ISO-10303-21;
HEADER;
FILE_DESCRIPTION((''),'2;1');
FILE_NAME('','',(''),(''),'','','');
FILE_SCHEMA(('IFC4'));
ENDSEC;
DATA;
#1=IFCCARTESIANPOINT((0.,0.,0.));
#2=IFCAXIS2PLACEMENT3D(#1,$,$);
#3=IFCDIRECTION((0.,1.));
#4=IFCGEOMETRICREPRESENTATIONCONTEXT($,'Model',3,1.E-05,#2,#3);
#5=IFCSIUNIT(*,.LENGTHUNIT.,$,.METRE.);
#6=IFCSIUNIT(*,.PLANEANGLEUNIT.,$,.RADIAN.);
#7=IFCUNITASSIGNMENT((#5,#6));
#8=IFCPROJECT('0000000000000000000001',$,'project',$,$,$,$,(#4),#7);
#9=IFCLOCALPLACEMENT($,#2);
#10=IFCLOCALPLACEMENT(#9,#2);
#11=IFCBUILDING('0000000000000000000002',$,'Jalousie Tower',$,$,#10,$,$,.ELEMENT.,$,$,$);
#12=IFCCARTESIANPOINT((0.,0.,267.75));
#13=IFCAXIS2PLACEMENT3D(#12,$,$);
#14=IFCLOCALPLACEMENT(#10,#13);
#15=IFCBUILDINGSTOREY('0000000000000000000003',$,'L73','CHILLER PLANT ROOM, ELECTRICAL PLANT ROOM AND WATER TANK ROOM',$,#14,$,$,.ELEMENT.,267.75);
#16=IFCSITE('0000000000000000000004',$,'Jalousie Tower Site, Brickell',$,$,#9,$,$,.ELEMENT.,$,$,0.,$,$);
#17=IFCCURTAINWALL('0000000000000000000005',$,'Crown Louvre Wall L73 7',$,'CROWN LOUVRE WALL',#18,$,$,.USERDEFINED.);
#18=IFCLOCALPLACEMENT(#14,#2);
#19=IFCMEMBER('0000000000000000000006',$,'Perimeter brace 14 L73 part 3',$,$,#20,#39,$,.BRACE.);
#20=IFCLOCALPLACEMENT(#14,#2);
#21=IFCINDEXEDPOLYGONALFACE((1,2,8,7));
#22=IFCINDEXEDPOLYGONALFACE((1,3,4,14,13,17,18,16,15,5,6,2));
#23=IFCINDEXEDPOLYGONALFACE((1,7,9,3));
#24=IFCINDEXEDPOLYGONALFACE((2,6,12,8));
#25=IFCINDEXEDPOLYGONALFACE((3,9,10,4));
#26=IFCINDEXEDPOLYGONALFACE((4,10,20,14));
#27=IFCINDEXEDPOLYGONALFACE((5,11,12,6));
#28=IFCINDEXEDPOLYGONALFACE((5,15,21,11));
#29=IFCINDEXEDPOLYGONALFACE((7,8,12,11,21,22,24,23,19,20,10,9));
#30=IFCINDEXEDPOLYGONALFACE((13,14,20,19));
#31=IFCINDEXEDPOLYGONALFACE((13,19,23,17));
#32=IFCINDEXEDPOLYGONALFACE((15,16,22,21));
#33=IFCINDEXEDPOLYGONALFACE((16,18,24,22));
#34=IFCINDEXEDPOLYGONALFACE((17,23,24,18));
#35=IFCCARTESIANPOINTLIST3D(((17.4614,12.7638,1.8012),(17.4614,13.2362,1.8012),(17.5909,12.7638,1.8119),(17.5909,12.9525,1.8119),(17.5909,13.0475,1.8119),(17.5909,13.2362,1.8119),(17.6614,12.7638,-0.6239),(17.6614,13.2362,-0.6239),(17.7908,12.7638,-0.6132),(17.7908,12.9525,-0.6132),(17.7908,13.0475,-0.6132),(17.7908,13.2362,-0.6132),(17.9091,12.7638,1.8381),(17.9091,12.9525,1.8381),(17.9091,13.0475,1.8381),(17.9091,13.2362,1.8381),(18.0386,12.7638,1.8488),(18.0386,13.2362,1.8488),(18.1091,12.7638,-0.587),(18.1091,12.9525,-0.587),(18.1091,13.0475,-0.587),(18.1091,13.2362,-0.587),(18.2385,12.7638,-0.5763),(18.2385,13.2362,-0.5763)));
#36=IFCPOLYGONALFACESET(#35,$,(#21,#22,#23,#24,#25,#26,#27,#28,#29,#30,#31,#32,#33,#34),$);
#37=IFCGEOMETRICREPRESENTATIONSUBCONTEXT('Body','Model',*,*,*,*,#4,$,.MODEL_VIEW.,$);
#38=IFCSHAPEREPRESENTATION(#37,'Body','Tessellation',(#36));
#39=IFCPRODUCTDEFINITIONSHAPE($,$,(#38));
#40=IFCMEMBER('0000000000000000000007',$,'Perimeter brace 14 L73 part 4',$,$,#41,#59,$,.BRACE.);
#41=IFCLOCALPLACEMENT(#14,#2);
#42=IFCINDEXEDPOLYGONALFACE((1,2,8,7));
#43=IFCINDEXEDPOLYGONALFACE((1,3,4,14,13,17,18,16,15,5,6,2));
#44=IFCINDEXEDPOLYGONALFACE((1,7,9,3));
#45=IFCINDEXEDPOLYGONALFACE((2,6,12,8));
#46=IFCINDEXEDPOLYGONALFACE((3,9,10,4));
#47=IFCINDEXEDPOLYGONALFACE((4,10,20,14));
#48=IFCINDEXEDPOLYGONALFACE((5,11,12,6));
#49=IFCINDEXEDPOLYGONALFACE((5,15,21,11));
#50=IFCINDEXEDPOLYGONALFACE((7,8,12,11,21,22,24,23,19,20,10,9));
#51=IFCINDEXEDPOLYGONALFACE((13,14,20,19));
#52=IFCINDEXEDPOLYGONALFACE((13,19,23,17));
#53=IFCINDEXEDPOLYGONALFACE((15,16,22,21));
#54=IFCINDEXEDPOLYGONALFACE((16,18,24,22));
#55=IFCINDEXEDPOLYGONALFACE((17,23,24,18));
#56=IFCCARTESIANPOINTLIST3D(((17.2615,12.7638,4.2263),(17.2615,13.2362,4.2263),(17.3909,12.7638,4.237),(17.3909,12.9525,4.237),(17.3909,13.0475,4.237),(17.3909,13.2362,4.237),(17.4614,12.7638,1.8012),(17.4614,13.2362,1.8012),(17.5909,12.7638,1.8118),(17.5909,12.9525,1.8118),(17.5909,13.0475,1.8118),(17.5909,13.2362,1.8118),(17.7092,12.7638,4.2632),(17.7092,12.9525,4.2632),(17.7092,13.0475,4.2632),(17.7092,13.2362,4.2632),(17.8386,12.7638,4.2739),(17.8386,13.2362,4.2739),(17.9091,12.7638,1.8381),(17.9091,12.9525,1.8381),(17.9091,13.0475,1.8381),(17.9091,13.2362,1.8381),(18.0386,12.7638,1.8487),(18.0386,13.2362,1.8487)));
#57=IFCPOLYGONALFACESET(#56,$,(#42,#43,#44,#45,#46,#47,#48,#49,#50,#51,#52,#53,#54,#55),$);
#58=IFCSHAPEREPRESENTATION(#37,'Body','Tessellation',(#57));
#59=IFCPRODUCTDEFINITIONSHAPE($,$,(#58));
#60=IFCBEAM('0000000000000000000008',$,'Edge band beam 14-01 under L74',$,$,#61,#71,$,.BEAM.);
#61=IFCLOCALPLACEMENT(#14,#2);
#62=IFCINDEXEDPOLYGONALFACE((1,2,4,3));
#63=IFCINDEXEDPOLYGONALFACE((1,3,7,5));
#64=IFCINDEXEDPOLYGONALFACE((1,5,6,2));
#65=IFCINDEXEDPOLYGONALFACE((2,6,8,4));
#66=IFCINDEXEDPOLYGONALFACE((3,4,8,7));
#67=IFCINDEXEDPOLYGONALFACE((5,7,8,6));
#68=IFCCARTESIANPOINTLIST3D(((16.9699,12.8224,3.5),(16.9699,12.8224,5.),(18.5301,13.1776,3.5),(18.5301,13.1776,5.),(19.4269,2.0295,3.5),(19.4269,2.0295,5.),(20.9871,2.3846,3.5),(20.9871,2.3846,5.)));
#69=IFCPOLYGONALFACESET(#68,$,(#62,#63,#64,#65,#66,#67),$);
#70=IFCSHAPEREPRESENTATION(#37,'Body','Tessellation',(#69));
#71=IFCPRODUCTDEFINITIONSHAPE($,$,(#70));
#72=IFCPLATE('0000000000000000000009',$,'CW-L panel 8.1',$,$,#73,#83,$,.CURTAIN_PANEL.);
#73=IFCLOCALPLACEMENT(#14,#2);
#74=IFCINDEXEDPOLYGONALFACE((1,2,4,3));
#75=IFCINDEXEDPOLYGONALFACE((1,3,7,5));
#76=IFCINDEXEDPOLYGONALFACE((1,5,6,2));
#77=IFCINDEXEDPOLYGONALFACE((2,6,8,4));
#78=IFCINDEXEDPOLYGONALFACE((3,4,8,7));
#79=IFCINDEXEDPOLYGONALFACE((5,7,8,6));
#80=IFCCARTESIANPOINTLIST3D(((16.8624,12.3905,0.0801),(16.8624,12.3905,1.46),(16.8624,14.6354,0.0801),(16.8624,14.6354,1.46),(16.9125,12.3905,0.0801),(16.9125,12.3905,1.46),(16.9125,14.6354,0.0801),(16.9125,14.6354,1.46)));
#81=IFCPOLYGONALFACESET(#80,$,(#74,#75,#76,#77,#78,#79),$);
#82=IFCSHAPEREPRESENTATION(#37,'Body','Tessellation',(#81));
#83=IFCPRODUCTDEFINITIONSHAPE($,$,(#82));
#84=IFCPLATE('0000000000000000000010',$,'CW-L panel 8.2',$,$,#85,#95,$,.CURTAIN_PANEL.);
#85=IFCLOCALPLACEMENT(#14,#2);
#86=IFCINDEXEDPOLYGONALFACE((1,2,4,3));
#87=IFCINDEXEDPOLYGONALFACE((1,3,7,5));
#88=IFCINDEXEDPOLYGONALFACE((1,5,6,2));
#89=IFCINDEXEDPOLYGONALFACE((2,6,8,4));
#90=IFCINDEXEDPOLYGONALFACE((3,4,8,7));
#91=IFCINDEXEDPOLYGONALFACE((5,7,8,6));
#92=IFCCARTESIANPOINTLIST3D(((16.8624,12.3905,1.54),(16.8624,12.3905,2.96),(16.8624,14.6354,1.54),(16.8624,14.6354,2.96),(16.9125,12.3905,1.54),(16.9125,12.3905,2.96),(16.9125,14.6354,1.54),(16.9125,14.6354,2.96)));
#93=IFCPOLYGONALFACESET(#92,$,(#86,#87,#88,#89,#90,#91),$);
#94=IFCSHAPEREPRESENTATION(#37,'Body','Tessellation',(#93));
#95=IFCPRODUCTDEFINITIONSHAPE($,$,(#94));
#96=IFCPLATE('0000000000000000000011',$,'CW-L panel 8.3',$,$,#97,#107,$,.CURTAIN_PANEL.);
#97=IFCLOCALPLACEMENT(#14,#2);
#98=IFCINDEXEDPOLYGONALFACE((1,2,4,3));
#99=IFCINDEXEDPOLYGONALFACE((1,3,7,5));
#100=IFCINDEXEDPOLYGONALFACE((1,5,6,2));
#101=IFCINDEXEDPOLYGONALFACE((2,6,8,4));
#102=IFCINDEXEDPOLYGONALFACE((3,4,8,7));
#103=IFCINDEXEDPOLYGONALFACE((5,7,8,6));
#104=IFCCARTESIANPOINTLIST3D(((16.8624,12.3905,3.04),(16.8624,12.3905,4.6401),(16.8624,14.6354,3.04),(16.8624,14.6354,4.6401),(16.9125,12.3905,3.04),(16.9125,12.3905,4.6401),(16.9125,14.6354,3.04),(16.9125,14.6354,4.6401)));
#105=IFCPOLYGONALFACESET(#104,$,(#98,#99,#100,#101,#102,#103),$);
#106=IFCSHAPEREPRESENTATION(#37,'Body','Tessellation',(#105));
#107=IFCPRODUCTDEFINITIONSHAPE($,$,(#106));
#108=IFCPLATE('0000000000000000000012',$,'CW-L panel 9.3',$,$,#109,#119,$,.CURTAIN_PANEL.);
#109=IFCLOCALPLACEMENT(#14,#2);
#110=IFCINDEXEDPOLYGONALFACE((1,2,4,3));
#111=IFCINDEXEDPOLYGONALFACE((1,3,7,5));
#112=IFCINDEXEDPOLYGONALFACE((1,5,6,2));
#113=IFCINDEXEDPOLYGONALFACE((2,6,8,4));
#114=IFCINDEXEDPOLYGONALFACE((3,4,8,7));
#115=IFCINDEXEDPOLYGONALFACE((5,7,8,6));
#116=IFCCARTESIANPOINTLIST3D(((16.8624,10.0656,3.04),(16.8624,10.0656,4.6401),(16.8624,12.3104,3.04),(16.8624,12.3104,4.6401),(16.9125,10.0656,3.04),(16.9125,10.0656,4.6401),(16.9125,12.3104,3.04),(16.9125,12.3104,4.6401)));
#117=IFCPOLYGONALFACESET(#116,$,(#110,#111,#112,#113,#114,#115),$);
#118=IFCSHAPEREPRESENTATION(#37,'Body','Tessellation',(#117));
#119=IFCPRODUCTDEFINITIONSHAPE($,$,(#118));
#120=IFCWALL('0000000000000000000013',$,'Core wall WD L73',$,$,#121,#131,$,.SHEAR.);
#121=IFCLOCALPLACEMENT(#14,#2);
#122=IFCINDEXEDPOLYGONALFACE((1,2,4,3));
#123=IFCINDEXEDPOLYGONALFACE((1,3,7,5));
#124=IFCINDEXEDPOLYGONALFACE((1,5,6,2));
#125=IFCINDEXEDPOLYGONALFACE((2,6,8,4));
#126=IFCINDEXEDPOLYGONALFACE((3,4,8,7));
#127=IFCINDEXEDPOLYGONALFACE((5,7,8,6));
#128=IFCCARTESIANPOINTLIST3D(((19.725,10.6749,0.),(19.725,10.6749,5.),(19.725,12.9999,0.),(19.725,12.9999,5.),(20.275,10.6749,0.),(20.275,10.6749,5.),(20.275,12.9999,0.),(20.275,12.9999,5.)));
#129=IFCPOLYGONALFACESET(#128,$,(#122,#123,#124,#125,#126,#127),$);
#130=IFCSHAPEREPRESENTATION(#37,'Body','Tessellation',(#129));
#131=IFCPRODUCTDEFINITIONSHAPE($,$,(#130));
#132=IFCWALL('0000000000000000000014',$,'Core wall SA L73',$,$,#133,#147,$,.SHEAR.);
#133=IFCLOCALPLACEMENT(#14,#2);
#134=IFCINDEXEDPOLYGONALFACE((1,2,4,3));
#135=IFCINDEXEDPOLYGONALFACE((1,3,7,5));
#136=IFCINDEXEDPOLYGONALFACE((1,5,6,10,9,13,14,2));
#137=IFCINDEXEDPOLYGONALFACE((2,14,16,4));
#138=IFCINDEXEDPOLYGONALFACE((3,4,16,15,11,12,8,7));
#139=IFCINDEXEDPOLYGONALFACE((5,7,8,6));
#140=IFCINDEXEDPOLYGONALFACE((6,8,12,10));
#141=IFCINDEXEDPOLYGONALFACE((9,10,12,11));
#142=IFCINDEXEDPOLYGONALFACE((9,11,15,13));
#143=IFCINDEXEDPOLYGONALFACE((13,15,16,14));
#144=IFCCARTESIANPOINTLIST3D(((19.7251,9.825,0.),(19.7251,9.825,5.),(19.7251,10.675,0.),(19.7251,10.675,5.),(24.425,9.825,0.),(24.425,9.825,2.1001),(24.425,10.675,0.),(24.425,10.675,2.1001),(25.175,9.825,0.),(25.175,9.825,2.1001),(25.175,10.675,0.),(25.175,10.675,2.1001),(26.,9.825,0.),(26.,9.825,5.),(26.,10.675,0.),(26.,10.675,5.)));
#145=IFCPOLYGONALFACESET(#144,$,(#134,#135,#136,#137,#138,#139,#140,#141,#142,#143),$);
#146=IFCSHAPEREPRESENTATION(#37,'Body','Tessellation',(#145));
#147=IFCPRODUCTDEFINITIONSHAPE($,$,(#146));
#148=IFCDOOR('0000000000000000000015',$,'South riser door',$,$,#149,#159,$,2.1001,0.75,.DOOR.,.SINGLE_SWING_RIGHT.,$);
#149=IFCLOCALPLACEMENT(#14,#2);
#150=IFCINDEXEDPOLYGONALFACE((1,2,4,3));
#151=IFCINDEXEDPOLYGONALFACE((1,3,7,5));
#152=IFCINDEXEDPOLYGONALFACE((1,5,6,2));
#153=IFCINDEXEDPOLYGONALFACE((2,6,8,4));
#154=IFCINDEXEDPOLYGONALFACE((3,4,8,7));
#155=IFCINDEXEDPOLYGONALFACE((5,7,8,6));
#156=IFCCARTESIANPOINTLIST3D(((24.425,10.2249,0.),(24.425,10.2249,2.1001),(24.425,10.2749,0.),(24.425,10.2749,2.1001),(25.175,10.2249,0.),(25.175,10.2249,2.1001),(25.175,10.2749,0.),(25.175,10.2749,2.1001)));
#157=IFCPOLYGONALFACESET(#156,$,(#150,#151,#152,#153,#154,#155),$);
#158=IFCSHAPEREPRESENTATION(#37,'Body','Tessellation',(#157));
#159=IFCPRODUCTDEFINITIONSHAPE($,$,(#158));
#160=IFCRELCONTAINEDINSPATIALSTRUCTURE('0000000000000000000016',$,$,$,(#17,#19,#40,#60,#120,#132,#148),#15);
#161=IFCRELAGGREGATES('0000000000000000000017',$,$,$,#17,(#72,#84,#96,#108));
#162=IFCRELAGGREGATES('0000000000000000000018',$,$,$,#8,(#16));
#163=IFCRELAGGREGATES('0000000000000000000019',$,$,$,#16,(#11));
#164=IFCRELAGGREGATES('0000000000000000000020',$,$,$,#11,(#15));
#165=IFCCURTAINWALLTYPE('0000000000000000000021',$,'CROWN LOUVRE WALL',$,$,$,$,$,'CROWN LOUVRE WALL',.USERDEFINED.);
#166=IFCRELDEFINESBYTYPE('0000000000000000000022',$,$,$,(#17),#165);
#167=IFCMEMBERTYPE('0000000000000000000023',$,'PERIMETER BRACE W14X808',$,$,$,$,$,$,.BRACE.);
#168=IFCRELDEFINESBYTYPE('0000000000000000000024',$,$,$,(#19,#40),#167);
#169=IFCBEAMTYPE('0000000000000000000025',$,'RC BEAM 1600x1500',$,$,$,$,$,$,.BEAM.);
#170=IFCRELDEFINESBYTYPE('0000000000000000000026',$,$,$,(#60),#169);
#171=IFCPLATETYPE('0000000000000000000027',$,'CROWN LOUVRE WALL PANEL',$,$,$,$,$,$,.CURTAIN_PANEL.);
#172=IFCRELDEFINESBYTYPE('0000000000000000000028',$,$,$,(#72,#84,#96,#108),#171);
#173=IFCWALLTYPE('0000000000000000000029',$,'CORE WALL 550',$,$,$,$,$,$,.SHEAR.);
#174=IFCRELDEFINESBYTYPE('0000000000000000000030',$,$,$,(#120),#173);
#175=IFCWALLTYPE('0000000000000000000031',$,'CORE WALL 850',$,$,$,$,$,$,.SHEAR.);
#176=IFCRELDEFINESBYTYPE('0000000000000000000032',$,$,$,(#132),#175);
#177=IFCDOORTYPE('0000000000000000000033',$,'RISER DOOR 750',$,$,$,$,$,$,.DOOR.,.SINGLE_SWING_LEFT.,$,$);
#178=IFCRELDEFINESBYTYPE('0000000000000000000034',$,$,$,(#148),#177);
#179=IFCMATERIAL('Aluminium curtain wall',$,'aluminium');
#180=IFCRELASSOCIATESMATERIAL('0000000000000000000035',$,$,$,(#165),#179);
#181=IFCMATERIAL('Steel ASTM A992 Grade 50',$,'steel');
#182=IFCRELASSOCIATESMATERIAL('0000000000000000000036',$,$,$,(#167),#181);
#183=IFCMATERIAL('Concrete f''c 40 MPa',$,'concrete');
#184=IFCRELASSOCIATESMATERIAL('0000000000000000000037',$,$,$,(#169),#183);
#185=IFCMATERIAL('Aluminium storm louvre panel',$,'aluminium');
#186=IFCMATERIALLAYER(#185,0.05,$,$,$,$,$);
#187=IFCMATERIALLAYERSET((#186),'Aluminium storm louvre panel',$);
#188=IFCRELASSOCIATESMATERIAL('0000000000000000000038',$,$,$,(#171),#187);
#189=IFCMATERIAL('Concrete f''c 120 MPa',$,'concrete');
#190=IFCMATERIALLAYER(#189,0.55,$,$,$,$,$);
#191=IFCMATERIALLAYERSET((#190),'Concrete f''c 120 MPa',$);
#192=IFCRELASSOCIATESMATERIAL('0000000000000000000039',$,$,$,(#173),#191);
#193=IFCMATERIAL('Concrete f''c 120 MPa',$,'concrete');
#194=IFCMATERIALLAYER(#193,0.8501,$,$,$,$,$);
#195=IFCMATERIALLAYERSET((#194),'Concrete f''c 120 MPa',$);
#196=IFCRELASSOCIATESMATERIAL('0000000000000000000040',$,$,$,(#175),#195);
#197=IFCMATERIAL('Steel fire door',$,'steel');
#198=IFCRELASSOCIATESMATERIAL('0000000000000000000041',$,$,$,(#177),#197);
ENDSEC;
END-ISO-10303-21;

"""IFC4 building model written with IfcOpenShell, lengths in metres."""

from ifc_helpers import new_model, si_unit, direction, frame, frame_2d, origin, origin_2d, place, context, subcontext, project, spatial, rectangle, i_section, extrude, material, layer, layer_set, material_profile, profile_set, type_object, element, fill, aggregate, save


model = new_model("IFC4")

# Units and contexts
model_context = context("Model", 3, precision=1e-05, world=origin(), true_north=direction((0.0, 1.0)))
body_context = subcontext(model_context, "Body", "Model", "MODEL_VIEW")
ifc_project = project(units=[si_unit("LENGTHUNIT", "METRE"), si_unit("PLANEANGLEUNIT", "RADIAN")], contexts=[model_context])

# Site, building, storey
site_placement = place(None, origin())
site = spatial("IfcSite", under=ifc_project, at=site_placement, Name="Jalousie Tower Site, Brickell", CompositionType="ELEMENT", RefElevation=0.0)
building_placement = place(site_placement, origin())
building = spatial("IfcBuilding", under=site, at=building_placement, Name="Jalousie Tower", CompositionType="ELEMENT")
storey_placement = place(building_placement, frame((0.0, 0.0, 267.75)))
storey = spatial("IfcBuildingStorey", under=building, at=storey_placement, Name="L73", Description="CHILLER PLANT ROOM, ELECTRICAL PLANT ROOM AND WATER TANK ROOM", CompositionType="ELEMENT", Elevation=267.75)

# Curtain wall
ifc_material_1 = material(Name="Aluminium curtain wall", Category="aluminium")
curtain_wall_type = type_object("IfcCurtainWallType", Name="CROWN LOUVRE WALL", ElementType="CROWN LOUVRE WALL", PredefinedType="USERDEFINED", material=ifc_material_1)
curtain_wall_1_placement = place(storey_placement, origin())
curtain_wall_1 = element("IfcCurtainWall", 1, at=curtain_wall_1_placement, inside=storey, type_object=curtain_wall_type, Name="Crown Louvre Wall L73 7", ObjectType="CROWN LOUVRE WALL", PredefinedType="USERDEFINED")

# Members
ifc_material_2 = material(Name="Steel ASTM A992 Grade 50", Category="steel")
ifc_material_profile_1 = material_profile(ifc_material_2, i_section(OverallWidth=0.4724, OverallDepth=0.5791, WebThickness=0.095, FlangeThickness=0.1299, at=origin_2d()), Name="W14X808")
ifc_profile_set_1 = profile_set([ifc_material_profile_1], Name="Steel ASTM A992 Grade 50")
member_type_1 = type_object("IfcMemberType", Name="PERIMETER BRACE W14X808", PredefinedType="BRACE", material=ifc_profile_set_1)
for number, where, z_axis, x_axis, name in (
    (2, (17.95, 13.0, -0.6001), (-0.082174, 0.0, 0.996618), (0.0, -1.0, 0.0), "Perimeter brace 14 L73 part 3"),
    (3, (17.75, 13.0, 1.825), (-0.082174, 0.0, 0.996618), (0.0, -1.0, 0.0), "Perimeter brace 14 L73 part 4"),
):
    element("IfcMember", number, at=place(storey_placement, frame(where, z_axis=z_axis, x_axis=x_axis)), inside=storey, type_object=member_type_1, Name=name, PredefinedType="BRACE", context=body_context, shape_type="SweptSolid", body=[
        extrude(i_section(OverallWidth=0.4724, OverallDepth=0.5791, WebThickness=0.095, FlangeThickness=0.1299, at=origin_2d()), origin(), (0.0, 0.0, 1.0), 2.4333),
    ])

# Beam
ifc_material_3 = material(Name="Concrete f'c 40 MPa", Category="concrete")
ifc_material_profile_2 = material_profile(ifc_material_3, rectangle(XDim=1.6001, YDim=1.5, at=origin_2d()), Name="RC 1600x1500")
ifc_profile_set_2 = profile_set([ifc_material_profile_2], Name="Concrete f'c 40 MPa")
beam_type = type_object("IfcBeamType", Name="RC BEAM 1600x1500", PredefinedType="BEAM", material=ifc_profile_set_2)
beam_placement = place(storey_placement, frame((17.75, 13.0, 4.25), z_axis=(0.221972, -0.975053, 0.0), x_axis=(0.975053, 0.221972, 0.0)))
element("IfcBeam", 4, at=beam_placement, inside=storey, type_object=beam_type, Name="Edge band beam 14-01 under L74", PredefinedType="BEAM", context=body_context, shape_type="SweptSolid", body=[
    extrude(rectangle(XDim=1.6001, YDim=1.5, at=origin_2d()), origin(), (0.0, 0.0, 1.0), 11.0691),
])

# Plates
ifc_material_4 = material(Name="Aluminium storm louvre panel", Category="aluminium")
ifc_layer_1 = layer(ifc_material_4, 0.05)
ifc_layer_set_1 = layer_set([ifc_layer_1], Name="Aluminium storm louvre panel")
plate_type = type_object("IfcPlateType", Name="CROWN LOUVRE WALL PANEL", PredefinedType="CURTAIN_PANEL", material=ifc_layer_set_1)
plate_1_placement = place(storey_placement, frame((16.8875, 13.5129, 0.0801), z_axis=(0.0, 0.0, 1.0), x_axis=(0.0, -1.0, 0.0)))
plate_1 = element("IfcPlate", 5, at=plate_1_placement, type_object=plate_type, Name="CW-L panel 8.1", PredefinedType="CURTAIN_PANEL", context=body_context, shape_type="SweptSolid", body=[
    extrude(rectangle(XDim=2.2449, YDim=0.05, at=origin_2d()), origin(), (0.0, 0.0, 1.0), 1.3799),
])
plate_2_placement = place(storey_placement, frame((16.8875, 13.5129, 1.54), z_axis=(0.0, 0.0, 1.0), x_axis=(0.0, -1.0, 0.0)))
plate_2 = element("IfcPlate", 6, at=plate_2_placement, type_object=plate_type, Name="CW-L panel 8.2", PredefinedType="CURTAIN_PANEL", context=body_context, shape_type="SweptSolid", body=[
    extrude(rectangle(XDim=2.2449, YDim=0.05, at=origin_2d()), origin(), (0.0, 0.0, 1.0), 1.4199),
])
plate_3_placement = place(storey_placement, frame((16.8875, 13.5129, 3.04), z_axis=(0.0, 0.0, 1.0), x_axis=(0.0, -1.0, 0.0)))
plate_3 = element("IfcPlate", 7, at=plate_3_placement, type_object=plate_type, Name="CW-L panel 8.3", PredefinedType="CURTAIN_PANEL", context=body_context, shape_type="SweptSolid", body=[
    extrude(rectangle(XDim=2.2449, YDim=0.05, at=origin_2d()), origin(), (0.0, 0.0, 1.0), 1.6001),
])
plate_4_placement = place(storey_placement, frame((16.8875, 11.188, 3.04), z_axis=(0.0, 0.0, 1.0), x_axis=(0.0, -1.0, 0.0)))
plate_4 = element("IfcPlate", 8, at=plate_4_placement, type_object=plate_type, Name="CW-L panel 9.3", PredefinedType="CURTAIN_PANEL", context=body_context, shape_type="SweptSolid", body=[
    extrude(rectangle(XDim=2.2449, YDim=0.05, at=origin_2d()), origin(), (0.0, 0.0, 1.0), 1.6001),
])
aggregate(curtain_wall_1, [plate_1, plate_2, plate_3, plate_4])

# Wall
ifc_material_5 = material(Name="Concrete f'c 120 MPa", Category="concrete")
ifc_layer_2 = layer(ifc_material_5, 0.55)
ifc_layer_set_2 = layer_set([ifc_layer_2], Name="Concrete f'c 120 MPa")
wall_type_1 = type_object("IfcWallType", Name="CORE WALL 550", PredefinedType="SHEAR", material=ifc_layer_set_2)
wall_1_placement = place(storey_placement, frame((20.0, 13.0, 0.0), z_axis=(0.0, 0.0, 1.0), x_axis=(0.0, -1.0, 0.0)))
element("IfcWall", 9, at=wall_1_placement, inside=storey, type_object=wall_type_1, Name="Core wall WD L73", PredefinedType="SHEAR", context=body_context, shape_type="SweptSolid", body=[
    extrude(rectangle(XDim=2.325, YDim=0.55, at=frame_2d((1.1626, 0.0))), origin(), (0.0, 0.0, 1.0), 5.0),
])

# Wall, opening, door
ifc_material_6 = material(Name="Concrete f'c 120 MPa", Category="concrete")
ifc_layer_3 = layer(ifc_material_6, 0.8501)
ifc_layer_set_3 = layer_set([ifc_layer_3], Name="Concrete f'c 120 MPa")
wall_type_2 = type_object("IfcWallType", Name="CORE WALL 850", PredefinedType="SHEAR", material=ifc_layer_set_3)
wall_2_placement = place(storey_placement, frame((19.7251, 10.25, 0.0), z_axis=(0.0, 0.0, 1.0), x_axis=(1.0, 0.0, 0.0)))
wall_2 = element("IfcWall", 10, at=wall_2_placement, inside=storey, type_object=wall_type_2, Name="Core wall SA L73", PredefinedType="SHEAR", context=body_context, shape_type="SweptSolid", body=[
    extrude(rectangle(XDim=6.2749, YDim=0.8501, at=frame_2d((3.1375, 0.0))), origin(), (0.0, 0.0, 1.0), 5.0),
])
opening_1_placement = place(wall_2_placement, frame((4.7, 0.0, 0.0)))
opening_1 = element("IfcOpeningElement", 11, at=opening_1_placement, cuts=wall_2, PredefinedType="OPENING", context=body_context, shape_type="SweptSolid", body=[
    extrude(rectangle(XDim=0.75, YDim=2.1001, at=frame_2d((0.375, 1.05))), frame((0.0, 0.4351, 0.0), z_axis=(0.0, -1.0, 0.0), x_axis=(1.0, 0.0, 0.0)), (0.0, 0.0, 1.0), 0.8701),
])
ifc_material_7 = material(Name="Steel fire door", Category="steel")
door_type_1 = type_object("IfcDoorType", Name="RISER DOOR 750", OperationType="SINGLE_SWING_LEFT", PredefinedType="DOOR", material=ifc_material_7)
door_1_placement = place(opening_1_placement, origin())
door_1 = element("IfcDoor", 12, at=door_1_placement, inside=storey, type_object=door_type_1, Name="South riser door", OperationType="SINGLE_SWING_RIGHT", OverallHeight=2.1001, OverallWidth=0.75, PredefinedType="DOOR", context=body_context, shape_type="SweptSolid", body=[
    extrude(rectangle(XDim=0.75, YDim=2.1001, at=frame_2d((0.375, 1.05))), frame((0.0, 0.0249, 0.0), z_axis=(0.0, -1.0, 0.0), x_axis=(1.0, 0.0, 0.0)), (0.0, 0.0, 1.0), 0.05),
])
fill(opening_1, door_1)

save(model, "model.ifc")
